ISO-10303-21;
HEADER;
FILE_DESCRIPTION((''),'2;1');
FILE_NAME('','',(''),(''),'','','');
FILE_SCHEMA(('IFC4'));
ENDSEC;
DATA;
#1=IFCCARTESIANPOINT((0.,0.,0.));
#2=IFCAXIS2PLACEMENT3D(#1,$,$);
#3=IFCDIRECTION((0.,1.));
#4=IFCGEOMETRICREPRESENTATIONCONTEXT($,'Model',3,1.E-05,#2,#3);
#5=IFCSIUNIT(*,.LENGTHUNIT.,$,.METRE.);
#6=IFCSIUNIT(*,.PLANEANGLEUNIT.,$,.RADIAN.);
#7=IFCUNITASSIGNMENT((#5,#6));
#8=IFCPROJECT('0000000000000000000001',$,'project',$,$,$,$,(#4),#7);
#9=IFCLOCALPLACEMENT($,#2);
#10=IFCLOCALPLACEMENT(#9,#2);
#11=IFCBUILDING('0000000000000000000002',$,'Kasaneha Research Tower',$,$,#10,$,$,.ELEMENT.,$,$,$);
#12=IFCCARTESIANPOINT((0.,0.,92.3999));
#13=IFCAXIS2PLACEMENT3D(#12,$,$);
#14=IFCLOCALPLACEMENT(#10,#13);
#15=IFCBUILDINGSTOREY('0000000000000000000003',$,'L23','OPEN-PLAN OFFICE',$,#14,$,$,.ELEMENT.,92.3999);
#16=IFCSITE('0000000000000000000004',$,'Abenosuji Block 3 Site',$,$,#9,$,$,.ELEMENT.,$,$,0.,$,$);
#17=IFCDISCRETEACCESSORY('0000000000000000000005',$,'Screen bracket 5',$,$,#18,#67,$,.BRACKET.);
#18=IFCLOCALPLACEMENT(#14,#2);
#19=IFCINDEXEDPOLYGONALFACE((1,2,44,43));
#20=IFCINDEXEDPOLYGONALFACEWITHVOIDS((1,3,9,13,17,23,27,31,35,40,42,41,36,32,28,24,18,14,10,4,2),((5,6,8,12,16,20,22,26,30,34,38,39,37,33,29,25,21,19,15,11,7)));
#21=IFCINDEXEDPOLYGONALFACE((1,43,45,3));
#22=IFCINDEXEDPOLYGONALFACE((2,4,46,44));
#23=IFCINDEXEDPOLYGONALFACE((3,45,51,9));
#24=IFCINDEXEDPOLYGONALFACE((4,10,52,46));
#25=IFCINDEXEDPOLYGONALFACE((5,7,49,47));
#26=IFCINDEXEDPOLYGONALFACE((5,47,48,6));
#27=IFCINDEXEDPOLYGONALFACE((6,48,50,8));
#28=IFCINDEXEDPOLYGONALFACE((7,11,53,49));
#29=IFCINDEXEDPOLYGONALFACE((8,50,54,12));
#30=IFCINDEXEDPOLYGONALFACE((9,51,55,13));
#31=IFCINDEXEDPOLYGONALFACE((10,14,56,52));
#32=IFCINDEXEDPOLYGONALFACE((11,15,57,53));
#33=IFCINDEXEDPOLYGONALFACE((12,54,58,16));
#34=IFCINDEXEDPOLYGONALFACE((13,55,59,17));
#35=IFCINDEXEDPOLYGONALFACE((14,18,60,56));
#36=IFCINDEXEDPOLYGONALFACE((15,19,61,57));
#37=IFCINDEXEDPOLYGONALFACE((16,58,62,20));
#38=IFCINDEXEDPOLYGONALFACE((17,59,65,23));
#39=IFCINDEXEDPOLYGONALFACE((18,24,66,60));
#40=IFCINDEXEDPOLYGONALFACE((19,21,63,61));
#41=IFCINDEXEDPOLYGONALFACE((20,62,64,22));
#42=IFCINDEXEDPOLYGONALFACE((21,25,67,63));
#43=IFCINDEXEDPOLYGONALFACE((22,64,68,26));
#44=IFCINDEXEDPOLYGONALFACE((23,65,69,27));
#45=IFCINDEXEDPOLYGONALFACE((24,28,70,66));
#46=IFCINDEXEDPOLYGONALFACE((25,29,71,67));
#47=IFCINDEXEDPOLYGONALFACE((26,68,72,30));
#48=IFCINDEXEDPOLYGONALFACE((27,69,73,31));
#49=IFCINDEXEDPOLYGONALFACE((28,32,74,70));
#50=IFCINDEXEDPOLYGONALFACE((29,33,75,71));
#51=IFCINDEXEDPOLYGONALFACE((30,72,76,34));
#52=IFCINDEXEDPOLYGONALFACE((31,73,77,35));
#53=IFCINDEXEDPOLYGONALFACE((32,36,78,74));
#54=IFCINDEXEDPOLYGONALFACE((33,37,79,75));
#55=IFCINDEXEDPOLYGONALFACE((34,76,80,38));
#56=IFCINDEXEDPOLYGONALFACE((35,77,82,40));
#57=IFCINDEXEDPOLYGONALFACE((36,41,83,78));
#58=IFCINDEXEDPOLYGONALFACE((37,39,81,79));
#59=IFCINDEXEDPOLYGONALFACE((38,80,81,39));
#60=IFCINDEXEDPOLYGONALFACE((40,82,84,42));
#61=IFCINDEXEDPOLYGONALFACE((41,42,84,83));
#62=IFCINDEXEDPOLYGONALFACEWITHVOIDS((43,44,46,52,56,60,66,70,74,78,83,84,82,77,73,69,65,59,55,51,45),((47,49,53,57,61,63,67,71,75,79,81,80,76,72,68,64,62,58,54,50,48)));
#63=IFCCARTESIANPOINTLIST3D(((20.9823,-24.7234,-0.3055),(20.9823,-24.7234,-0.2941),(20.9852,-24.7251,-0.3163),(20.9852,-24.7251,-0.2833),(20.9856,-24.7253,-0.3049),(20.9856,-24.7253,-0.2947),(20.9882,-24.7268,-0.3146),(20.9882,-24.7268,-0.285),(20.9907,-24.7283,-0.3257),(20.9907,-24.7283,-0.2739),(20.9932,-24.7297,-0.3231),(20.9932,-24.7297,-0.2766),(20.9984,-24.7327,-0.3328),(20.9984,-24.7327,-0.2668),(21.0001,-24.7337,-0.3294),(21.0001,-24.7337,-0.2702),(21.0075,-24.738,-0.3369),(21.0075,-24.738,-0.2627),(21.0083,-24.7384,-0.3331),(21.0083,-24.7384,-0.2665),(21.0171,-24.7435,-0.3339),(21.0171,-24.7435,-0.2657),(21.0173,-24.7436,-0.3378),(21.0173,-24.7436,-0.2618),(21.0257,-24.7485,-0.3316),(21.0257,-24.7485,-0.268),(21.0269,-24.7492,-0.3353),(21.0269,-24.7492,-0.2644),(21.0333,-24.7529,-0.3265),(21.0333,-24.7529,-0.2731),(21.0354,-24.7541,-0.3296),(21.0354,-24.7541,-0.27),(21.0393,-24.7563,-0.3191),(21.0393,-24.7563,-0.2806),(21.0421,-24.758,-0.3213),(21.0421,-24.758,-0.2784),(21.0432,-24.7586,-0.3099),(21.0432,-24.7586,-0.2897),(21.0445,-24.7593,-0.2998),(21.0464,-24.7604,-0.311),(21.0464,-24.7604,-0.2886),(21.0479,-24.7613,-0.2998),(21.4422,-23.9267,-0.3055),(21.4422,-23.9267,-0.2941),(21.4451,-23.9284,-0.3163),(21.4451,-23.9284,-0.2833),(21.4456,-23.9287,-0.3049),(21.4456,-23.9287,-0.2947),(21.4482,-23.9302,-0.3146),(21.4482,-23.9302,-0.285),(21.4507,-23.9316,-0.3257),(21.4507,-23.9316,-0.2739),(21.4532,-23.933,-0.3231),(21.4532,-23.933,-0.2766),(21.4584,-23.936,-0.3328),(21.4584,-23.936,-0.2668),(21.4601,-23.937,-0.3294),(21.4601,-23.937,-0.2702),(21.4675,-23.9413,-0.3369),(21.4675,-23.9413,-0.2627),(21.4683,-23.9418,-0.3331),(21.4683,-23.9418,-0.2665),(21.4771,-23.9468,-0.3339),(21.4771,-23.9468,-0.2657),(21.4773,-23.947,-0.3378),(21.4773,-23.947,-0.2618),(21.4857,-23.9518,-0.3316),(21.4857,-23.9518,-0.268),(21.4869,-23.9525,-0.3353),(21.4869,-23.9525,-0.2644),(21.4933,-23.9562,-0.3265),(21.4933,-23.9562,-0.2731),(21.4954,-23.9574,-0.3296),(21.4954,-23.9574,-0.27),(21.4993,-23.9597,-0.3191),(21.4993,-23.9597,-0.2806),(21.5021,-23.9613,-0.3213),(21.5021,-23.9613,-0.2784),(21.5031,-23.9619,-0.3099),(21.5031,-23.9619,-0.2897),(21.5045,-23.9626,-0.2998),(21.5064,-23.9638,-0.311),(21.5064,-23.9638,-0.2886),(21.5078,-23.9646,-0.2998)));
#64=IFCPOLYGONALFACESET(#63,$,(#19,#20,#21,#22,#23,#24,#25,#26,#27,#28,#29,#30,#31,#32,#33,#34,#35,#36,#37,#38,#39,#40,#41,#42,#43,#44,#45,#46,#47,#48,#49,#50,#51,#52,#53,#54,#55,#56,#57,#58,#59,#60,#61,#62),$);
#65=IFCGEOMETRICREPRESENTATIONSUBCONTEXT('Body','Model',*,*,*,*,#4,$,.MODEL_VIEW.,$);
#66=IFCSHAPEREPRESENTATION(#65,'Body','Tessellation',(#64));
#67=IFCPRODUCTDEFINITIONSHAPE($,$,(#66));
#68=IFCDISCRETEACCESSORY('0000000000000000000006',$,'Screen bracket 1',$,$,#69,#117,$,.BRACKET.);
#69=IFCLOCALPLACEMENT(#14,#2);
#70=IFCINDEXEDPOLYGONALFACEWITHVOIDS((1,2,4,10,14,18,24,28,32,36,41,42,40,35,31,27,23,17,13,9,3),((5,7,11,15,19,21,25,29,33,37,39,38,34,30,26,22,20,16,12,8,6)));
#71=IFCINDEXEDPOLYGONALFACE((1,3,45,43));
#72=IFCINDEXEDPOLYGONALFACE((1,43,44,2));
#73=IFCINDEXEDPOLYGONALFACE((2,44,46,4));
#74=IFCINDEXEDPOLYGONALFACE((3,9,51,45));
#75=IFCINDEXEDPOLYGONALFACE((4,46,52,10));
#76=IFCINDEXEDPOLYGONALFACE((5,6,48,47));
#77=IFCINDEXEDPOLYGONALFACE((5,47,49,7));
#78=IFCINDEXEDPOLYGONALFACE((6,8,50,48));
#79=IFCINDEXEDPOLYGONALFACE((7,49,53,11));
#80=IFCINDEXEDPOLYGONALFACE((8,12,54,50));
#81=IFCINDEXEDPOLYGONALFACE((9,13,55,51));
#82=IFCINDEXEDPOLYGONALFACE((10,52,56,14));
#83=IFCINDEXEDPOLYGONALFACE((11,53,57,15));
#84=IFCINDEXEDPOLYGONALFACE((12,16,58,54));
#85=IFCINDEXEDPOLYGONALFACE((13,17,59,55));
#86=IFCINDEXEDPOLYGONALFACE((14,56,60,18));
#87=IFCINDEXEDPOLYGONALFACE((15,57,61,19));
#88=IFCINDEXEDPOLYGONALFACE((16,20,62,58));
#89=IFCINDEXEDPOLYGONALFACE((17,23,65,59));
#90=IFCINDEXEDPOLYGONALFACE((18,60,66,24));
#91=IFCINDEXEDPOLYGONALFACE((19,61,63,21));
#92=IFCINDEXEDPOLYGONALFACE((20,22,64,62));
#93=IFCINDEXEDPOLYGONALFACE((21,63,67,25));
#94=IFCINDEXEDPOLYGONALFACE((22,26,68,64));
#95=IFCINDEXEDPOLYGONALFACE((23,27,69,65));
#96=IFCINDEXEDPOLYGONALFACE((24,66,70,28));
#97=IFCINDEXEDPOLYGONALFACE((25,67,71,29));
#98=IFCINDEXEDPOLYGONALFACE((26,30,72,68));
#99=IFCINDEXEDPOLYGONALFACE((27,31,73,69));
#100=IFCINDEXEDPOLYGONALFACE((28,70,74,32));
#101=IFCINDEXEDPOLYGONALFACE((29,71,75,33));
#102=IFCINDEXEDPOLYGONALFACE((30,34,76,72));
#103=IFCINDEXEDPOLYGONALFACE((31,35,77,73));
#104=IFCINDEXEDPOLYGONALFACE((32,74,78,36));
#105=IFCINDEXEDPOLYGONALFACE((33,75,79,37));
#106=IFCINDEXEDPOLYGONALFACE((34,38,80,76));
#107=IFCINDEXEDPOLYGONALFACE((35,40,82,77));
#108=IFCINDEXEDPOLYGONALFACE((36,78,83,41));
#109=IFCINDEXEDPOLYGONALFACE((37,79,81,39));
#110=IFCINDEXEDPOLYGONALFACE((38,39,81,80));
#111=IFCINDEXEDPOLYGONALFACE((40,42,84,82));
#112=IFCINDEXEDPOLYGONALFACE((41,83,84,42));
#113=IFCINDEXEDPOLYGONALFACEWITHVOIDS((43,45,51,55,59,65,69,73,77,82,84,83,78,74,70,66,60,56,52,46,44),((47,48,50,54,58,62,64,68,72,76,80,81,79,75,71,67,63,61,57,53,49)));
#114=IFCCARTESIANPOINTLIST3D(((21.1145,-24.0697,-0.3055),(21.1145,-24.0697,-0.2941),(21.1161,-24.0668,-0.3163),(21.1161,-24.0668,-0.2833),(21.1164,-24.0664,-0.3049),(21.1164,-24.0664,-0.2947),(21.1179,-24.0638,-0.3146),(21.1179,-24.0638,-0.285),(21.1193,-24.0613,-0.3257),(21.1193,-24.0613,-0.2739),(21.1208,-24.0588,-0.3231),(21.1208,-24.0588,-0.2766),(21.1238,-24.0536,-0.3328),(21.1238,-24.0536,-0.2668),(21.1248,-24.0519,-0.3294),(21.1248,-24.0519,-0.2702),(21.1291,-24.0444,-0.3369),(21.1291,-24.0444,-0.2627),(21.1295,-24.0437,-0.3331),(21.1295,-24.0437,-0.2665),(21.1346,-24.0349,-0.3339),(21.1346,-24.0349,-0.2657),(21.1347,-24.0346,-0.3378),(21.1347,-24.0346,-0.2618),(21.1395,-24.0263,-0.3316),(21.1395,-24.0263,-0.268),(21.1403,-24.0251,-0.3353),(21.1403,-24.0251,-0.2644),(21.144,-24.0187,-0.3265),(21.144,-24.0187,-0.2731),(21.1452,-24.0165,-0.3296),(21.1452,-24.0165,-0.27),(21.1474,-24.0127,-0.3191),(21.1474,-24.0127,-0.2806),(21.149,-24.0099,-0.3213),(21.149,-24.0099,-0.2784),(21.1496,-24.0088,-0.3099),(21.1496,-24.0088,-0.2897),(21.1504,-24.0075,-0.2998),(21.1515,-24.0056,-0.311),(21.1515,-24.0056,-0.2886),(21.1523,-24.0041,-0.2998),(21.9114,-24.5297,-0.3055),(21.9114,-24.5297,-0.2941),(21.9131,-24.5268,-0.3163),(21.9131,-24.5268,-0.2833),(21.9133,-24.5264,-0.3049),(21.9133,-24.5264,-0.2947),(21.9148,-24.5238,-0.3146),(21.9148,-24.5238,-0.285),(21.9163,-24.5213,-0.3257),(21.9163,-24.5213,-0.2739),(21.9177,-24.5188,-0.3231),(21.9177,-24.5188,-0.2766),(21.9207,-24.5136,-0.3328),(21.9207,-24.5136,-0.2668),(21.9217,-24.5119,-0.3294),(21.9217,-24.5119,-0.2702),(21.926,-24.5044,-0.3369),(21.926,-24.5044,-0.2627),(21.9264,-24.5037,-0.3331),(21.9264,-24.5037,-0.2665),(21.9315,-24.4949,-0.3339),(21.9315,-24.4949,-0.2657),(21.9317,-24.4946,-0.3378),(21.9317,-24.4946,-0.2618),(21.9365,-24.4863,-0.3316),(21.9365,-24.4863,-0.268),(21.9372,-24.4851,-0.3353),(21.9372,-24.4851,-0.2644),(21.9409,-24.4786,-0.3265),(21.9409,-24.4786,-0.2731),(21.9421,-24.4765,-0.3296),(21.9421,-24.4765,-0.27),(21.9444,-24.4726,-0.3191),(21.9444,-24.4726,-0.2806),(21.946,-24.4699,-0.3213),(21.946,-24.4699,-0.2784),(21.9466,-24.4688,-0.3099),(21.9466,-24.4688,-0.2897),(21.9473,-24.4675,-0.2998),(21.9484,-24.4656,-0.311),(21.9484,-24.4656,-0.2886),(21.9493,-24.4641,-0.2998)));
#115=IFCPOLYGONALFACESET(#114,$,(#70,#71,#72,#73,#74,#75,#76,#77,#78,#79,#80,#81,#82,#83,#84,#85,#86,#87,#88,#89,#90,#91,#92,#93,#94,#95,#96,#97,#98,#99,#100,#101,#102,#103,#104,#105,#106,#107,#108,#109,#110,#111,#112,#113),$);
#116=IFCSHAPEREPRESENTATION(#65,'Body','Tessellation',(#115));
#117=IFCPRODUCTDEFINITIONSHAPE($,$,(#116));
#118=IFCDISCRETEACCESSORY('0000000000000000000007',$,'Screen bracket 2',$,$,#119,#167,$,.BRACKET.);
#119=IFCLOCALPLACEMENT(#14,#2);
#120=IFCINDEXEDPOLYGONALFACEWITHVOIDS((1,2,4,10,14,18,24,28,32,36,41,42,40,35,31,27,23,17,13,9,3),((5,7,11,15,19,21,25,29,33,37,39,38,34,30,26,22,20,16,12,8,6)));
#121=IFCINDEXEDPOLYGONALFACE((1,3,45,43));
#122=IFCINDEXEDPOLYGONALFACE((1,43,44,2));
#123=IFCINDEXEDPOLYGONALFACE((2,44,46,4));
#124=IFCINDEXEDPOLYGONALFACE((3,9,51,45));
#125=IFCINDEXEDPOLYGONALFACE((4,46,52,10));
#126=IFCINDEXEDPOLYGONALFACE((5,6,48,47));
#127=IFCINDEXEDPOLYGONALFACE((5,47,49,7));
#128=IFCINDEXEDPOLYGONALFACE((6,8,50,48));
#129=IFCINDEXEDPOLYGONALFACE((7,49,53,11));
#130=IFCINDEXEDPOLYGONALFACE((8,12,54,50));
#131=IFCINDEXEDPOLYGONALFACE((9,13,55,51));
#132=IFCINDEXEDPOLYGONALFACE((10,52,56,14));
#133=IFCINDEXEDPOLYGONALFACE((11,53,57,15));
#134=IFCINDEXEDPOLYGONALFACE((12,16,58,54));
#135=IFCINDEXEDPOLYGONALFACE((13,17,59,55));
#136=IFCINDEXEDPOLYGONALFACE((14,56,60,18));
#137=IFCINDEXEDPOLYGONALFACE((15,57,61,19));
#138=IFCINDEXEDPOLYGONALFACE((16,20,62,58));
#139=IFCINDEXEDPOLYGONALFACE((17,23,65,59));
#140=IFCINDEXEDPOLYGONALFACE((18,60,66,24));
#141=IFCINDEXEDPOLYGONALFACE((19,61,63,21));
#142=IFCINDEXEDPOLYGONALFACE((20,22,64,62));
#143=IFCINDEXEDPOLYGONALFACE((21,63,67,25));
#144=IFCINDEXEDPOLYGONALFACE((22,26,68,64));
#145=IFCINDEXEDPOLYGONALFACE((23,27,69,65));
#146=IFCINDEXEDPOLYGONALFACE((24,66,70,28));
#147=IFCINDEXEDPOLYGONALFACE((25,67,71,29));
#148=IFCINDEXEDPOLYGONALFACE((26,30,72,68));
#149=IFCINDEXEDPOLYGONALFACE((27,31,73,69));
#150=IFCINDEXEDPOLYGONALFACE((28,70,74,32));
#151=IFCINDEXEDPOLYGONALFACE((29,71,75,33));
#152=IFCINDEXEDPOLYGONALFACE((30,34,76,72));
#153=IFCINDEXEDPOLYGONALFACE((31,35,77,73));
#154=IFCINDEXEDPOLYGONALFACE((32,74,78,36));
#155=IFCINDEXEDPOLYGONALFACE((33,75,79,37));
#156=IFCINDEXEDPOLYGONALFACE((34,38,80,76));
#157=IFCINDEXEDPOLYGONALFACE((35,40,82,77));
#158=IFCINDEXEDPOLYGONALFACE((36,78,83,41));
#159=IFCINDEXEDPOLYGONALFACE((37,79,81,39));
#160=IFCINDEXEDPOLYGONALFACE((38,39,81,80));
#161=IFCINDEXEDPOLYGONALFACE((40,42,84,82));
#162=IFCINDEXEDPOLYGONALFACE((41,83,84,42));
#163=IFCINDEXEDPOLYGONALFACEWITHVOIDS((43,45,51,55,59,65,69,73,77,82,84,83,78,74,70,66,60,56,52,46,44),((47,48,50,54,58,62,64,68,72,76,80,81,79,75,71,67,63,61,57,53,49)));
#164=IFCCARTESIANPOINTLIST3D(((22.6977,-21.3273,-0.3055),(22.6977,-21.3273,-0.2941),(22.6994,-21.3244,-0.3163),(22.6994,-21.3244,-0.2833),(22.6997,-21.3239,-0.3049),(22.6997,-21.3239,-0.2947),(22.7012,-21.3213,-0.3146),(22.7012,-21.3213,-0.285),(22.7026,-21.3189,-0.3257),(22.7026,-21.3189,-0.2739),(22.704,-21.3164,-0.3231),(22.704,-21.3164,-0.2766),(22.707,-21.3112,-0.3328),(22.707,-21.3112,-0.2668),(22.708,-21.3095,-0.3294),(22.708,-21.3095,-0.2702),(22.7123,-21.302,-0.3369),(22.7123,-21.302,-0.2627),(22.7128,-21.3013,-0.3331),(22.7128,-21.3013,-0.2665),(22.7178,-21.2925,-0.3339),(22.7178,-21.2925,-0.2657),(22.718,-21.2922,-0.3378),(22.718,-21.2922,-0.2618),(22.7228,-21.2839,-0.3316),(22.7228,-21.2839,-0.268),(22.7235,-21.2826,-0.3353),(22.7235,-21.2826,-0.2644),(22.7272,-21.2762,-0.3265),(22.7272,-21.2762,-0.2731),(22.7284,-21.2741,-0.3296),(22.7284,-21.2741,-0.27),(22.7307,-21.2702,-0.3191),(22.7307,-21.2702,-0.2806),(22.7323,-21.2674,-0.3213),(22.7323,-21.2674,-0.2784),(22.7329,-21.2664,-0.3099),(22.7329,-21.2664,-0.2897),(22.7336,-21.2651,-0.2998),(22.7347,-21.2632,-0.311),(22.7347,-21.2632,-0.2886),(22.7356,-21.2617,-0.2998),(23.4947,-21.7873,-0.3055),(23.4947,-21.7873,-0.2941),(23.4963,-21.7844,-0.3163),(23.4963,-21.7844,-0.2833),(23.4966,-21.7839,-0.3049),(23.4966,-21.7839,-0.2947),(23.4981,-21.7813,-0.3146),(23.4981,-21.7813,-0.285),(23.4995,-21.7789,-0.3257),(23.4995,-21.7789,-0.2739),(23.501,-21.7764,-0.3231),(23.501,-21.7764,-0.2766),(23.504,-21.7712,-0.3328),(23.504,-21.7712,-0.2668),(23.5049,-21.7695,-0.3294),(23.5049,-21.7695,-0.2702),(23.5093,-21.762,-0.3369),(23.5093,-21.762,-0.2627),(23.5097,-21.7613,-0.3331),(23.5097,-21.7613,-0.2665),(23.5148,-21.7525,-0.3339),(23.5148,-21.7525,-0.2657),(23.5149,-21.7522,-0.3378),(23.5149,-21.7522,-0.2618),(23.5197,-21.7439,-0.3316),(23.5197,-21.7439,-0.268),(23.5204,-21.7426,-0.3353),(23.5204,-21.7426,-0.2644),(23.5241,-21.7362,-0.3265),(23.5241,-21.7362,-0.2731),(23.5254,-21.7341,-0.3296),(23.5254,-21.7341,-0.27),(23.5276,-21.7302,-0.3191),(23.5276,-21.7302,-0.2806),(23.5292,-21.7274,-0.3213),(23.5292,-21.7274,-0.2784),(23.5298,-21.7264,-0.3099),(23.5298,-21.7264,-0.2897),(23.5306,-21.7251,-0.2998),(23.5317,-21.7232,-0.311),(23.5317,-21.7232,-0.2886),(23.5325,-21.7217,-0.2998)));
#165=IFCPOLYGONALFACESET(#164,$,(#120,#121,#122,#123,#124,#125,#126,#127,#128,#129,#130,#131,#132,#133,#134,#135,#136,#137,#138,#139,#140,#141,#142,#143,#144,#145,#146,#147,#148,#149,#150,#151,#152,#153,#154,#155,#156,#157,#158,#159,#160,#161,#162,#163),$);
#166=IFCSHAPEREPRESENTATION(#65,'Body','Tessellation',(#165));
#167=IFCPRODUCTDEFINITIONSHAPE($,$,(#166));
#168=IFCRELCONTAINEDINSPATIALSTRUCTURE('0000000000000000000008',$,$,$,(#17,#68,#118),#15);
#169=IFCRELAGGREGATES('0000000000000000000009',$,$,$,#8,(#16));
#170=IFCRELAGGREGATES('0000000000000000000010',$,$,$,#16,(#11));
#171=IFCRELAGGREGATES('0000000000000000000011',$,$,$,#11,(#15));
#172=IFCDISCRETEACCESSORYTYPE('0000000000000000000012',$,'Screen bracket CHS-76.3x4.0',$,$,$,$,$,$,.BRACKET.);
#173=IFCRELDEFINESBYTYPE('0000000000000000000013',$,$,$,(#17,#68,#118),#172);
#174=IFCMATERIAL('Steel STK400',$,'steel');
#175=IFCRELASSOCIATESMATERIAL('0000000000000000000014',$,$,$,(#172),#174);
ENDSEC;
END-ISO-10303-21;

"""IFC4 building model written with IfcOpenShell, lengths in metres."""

from ifc_helpers import new_model, si_unit, direction, frame, origin, origin_2d, place, context, subcontext, project, spatial, hollow_circle, extrude, material, material_profile, profile_set, type_object, element, save


model = new_model("IFC4")

# Units and contexts
model_context = context("Model", 3, precision=1e-05, world=origin(), true_north=direction((0.0, 1.0)))
body_context = subcontext(model_context, "Body", "Model", "MODEL_VIEW")
ifc_project = project(units=[si_unit("LENGTHUNIT", "METRE"), si_unit("PLANEANGLEUNIT", "RADIAN")], contexts=[model_context])

# Site, building, storey
site_placement = place(None, origin())
site = spatial("IfcSite", under=ifc_project, at=site_placement, Name="Abenosuji Block 3 Site", CompositionType="ELEMENT", RefElevation=0.0)
building_placement = place(site_placement, origin())
building = spatial("IfcBuilding", under=site, at=building_placement, Name="Kasaneha Research Tower", CompositionType="ELEMENT")
storey_placement = place(building_placement, frame((0.0, 0.0, 92.3999)))
storey = spatial("IfcBuildingStorey", under=building, at=storey_placement, Name="L23", Description="OPEN-PLAN OFFICE", CompositionType="ELEMENT", Elevation=92.3999)

# Discrete accessories
ifc_material_1 = material(Name="Steel STK400", Category="steel")
ifc_material_profile_1 = material_profile(ifc_material_1, hollow_circle(Radius=0.0381, WallThickness=0.0039, at=origin_2d()), Name="CHS-76.3x4.0")
ifc_profile_set_1 = profile_set([ifc_material_profile_1], Name="Steel STK400")
discrete_accessory_type = type_object("IfcDiscreteAccessoryType", Name="Screen bracket CHS-76.3x4.0", PredefinedType="BRACKET", material=ifc_profile_set_1)
discrete_accessory_1_placement = place(storey_placement, frame((21.4749, -23.9456, -0.2998), z_axis=(-0.500021, -0.866013, 0.0), x_axis=(0.866013, -0.500021, 0.0)))
element("IfcDiscreteAccessory", 1, at=discrete_accessory_1_placement, inside=storey, type_object=discrete_accessory_type, Name="Screen bracket 5", PredefinedType="BRACKET", context=body_context, shape_type="SweptSolid", body=[
    extrude(hollow_circle(Radius=0.0381, WallThickness=0.0039, at=origin_2d()), origin(), (0.0, 0.0, 1.0), 0.9199),
])
for number, where, z_axis, x_axis, name in (
    (2, (21.1333, -24.0371, -0.2998), (0.86608, -0.499906, 0.0), (0.499906, 0.86608, 0.0), "Screen bracket 1"),
    (3, (22.7166, -21.2947, -0.2998), (0.86608, -0.499906, 0.0), (0.499906, 0.86608, 0.0), "Screen bracket 2"),
):
    element("IfcDiscreteAccessory", number, at=place(storey_placement, frame(where, z_axis=z_axis, x_axis=x_axis)), inside=storey, type_object=discrete_accessory_type, Name=name, PredefinedType="BRACKET", context=body_context, shape_type="SweptSolid", body=[
        extrude(hollow_circle(Radius=0.0381, WallThickness=0.0039, at=origin_2d()), origin(), (0.0, 0.0, 1.0), 0.9202),
    ])

save(model, "model.ifc")
